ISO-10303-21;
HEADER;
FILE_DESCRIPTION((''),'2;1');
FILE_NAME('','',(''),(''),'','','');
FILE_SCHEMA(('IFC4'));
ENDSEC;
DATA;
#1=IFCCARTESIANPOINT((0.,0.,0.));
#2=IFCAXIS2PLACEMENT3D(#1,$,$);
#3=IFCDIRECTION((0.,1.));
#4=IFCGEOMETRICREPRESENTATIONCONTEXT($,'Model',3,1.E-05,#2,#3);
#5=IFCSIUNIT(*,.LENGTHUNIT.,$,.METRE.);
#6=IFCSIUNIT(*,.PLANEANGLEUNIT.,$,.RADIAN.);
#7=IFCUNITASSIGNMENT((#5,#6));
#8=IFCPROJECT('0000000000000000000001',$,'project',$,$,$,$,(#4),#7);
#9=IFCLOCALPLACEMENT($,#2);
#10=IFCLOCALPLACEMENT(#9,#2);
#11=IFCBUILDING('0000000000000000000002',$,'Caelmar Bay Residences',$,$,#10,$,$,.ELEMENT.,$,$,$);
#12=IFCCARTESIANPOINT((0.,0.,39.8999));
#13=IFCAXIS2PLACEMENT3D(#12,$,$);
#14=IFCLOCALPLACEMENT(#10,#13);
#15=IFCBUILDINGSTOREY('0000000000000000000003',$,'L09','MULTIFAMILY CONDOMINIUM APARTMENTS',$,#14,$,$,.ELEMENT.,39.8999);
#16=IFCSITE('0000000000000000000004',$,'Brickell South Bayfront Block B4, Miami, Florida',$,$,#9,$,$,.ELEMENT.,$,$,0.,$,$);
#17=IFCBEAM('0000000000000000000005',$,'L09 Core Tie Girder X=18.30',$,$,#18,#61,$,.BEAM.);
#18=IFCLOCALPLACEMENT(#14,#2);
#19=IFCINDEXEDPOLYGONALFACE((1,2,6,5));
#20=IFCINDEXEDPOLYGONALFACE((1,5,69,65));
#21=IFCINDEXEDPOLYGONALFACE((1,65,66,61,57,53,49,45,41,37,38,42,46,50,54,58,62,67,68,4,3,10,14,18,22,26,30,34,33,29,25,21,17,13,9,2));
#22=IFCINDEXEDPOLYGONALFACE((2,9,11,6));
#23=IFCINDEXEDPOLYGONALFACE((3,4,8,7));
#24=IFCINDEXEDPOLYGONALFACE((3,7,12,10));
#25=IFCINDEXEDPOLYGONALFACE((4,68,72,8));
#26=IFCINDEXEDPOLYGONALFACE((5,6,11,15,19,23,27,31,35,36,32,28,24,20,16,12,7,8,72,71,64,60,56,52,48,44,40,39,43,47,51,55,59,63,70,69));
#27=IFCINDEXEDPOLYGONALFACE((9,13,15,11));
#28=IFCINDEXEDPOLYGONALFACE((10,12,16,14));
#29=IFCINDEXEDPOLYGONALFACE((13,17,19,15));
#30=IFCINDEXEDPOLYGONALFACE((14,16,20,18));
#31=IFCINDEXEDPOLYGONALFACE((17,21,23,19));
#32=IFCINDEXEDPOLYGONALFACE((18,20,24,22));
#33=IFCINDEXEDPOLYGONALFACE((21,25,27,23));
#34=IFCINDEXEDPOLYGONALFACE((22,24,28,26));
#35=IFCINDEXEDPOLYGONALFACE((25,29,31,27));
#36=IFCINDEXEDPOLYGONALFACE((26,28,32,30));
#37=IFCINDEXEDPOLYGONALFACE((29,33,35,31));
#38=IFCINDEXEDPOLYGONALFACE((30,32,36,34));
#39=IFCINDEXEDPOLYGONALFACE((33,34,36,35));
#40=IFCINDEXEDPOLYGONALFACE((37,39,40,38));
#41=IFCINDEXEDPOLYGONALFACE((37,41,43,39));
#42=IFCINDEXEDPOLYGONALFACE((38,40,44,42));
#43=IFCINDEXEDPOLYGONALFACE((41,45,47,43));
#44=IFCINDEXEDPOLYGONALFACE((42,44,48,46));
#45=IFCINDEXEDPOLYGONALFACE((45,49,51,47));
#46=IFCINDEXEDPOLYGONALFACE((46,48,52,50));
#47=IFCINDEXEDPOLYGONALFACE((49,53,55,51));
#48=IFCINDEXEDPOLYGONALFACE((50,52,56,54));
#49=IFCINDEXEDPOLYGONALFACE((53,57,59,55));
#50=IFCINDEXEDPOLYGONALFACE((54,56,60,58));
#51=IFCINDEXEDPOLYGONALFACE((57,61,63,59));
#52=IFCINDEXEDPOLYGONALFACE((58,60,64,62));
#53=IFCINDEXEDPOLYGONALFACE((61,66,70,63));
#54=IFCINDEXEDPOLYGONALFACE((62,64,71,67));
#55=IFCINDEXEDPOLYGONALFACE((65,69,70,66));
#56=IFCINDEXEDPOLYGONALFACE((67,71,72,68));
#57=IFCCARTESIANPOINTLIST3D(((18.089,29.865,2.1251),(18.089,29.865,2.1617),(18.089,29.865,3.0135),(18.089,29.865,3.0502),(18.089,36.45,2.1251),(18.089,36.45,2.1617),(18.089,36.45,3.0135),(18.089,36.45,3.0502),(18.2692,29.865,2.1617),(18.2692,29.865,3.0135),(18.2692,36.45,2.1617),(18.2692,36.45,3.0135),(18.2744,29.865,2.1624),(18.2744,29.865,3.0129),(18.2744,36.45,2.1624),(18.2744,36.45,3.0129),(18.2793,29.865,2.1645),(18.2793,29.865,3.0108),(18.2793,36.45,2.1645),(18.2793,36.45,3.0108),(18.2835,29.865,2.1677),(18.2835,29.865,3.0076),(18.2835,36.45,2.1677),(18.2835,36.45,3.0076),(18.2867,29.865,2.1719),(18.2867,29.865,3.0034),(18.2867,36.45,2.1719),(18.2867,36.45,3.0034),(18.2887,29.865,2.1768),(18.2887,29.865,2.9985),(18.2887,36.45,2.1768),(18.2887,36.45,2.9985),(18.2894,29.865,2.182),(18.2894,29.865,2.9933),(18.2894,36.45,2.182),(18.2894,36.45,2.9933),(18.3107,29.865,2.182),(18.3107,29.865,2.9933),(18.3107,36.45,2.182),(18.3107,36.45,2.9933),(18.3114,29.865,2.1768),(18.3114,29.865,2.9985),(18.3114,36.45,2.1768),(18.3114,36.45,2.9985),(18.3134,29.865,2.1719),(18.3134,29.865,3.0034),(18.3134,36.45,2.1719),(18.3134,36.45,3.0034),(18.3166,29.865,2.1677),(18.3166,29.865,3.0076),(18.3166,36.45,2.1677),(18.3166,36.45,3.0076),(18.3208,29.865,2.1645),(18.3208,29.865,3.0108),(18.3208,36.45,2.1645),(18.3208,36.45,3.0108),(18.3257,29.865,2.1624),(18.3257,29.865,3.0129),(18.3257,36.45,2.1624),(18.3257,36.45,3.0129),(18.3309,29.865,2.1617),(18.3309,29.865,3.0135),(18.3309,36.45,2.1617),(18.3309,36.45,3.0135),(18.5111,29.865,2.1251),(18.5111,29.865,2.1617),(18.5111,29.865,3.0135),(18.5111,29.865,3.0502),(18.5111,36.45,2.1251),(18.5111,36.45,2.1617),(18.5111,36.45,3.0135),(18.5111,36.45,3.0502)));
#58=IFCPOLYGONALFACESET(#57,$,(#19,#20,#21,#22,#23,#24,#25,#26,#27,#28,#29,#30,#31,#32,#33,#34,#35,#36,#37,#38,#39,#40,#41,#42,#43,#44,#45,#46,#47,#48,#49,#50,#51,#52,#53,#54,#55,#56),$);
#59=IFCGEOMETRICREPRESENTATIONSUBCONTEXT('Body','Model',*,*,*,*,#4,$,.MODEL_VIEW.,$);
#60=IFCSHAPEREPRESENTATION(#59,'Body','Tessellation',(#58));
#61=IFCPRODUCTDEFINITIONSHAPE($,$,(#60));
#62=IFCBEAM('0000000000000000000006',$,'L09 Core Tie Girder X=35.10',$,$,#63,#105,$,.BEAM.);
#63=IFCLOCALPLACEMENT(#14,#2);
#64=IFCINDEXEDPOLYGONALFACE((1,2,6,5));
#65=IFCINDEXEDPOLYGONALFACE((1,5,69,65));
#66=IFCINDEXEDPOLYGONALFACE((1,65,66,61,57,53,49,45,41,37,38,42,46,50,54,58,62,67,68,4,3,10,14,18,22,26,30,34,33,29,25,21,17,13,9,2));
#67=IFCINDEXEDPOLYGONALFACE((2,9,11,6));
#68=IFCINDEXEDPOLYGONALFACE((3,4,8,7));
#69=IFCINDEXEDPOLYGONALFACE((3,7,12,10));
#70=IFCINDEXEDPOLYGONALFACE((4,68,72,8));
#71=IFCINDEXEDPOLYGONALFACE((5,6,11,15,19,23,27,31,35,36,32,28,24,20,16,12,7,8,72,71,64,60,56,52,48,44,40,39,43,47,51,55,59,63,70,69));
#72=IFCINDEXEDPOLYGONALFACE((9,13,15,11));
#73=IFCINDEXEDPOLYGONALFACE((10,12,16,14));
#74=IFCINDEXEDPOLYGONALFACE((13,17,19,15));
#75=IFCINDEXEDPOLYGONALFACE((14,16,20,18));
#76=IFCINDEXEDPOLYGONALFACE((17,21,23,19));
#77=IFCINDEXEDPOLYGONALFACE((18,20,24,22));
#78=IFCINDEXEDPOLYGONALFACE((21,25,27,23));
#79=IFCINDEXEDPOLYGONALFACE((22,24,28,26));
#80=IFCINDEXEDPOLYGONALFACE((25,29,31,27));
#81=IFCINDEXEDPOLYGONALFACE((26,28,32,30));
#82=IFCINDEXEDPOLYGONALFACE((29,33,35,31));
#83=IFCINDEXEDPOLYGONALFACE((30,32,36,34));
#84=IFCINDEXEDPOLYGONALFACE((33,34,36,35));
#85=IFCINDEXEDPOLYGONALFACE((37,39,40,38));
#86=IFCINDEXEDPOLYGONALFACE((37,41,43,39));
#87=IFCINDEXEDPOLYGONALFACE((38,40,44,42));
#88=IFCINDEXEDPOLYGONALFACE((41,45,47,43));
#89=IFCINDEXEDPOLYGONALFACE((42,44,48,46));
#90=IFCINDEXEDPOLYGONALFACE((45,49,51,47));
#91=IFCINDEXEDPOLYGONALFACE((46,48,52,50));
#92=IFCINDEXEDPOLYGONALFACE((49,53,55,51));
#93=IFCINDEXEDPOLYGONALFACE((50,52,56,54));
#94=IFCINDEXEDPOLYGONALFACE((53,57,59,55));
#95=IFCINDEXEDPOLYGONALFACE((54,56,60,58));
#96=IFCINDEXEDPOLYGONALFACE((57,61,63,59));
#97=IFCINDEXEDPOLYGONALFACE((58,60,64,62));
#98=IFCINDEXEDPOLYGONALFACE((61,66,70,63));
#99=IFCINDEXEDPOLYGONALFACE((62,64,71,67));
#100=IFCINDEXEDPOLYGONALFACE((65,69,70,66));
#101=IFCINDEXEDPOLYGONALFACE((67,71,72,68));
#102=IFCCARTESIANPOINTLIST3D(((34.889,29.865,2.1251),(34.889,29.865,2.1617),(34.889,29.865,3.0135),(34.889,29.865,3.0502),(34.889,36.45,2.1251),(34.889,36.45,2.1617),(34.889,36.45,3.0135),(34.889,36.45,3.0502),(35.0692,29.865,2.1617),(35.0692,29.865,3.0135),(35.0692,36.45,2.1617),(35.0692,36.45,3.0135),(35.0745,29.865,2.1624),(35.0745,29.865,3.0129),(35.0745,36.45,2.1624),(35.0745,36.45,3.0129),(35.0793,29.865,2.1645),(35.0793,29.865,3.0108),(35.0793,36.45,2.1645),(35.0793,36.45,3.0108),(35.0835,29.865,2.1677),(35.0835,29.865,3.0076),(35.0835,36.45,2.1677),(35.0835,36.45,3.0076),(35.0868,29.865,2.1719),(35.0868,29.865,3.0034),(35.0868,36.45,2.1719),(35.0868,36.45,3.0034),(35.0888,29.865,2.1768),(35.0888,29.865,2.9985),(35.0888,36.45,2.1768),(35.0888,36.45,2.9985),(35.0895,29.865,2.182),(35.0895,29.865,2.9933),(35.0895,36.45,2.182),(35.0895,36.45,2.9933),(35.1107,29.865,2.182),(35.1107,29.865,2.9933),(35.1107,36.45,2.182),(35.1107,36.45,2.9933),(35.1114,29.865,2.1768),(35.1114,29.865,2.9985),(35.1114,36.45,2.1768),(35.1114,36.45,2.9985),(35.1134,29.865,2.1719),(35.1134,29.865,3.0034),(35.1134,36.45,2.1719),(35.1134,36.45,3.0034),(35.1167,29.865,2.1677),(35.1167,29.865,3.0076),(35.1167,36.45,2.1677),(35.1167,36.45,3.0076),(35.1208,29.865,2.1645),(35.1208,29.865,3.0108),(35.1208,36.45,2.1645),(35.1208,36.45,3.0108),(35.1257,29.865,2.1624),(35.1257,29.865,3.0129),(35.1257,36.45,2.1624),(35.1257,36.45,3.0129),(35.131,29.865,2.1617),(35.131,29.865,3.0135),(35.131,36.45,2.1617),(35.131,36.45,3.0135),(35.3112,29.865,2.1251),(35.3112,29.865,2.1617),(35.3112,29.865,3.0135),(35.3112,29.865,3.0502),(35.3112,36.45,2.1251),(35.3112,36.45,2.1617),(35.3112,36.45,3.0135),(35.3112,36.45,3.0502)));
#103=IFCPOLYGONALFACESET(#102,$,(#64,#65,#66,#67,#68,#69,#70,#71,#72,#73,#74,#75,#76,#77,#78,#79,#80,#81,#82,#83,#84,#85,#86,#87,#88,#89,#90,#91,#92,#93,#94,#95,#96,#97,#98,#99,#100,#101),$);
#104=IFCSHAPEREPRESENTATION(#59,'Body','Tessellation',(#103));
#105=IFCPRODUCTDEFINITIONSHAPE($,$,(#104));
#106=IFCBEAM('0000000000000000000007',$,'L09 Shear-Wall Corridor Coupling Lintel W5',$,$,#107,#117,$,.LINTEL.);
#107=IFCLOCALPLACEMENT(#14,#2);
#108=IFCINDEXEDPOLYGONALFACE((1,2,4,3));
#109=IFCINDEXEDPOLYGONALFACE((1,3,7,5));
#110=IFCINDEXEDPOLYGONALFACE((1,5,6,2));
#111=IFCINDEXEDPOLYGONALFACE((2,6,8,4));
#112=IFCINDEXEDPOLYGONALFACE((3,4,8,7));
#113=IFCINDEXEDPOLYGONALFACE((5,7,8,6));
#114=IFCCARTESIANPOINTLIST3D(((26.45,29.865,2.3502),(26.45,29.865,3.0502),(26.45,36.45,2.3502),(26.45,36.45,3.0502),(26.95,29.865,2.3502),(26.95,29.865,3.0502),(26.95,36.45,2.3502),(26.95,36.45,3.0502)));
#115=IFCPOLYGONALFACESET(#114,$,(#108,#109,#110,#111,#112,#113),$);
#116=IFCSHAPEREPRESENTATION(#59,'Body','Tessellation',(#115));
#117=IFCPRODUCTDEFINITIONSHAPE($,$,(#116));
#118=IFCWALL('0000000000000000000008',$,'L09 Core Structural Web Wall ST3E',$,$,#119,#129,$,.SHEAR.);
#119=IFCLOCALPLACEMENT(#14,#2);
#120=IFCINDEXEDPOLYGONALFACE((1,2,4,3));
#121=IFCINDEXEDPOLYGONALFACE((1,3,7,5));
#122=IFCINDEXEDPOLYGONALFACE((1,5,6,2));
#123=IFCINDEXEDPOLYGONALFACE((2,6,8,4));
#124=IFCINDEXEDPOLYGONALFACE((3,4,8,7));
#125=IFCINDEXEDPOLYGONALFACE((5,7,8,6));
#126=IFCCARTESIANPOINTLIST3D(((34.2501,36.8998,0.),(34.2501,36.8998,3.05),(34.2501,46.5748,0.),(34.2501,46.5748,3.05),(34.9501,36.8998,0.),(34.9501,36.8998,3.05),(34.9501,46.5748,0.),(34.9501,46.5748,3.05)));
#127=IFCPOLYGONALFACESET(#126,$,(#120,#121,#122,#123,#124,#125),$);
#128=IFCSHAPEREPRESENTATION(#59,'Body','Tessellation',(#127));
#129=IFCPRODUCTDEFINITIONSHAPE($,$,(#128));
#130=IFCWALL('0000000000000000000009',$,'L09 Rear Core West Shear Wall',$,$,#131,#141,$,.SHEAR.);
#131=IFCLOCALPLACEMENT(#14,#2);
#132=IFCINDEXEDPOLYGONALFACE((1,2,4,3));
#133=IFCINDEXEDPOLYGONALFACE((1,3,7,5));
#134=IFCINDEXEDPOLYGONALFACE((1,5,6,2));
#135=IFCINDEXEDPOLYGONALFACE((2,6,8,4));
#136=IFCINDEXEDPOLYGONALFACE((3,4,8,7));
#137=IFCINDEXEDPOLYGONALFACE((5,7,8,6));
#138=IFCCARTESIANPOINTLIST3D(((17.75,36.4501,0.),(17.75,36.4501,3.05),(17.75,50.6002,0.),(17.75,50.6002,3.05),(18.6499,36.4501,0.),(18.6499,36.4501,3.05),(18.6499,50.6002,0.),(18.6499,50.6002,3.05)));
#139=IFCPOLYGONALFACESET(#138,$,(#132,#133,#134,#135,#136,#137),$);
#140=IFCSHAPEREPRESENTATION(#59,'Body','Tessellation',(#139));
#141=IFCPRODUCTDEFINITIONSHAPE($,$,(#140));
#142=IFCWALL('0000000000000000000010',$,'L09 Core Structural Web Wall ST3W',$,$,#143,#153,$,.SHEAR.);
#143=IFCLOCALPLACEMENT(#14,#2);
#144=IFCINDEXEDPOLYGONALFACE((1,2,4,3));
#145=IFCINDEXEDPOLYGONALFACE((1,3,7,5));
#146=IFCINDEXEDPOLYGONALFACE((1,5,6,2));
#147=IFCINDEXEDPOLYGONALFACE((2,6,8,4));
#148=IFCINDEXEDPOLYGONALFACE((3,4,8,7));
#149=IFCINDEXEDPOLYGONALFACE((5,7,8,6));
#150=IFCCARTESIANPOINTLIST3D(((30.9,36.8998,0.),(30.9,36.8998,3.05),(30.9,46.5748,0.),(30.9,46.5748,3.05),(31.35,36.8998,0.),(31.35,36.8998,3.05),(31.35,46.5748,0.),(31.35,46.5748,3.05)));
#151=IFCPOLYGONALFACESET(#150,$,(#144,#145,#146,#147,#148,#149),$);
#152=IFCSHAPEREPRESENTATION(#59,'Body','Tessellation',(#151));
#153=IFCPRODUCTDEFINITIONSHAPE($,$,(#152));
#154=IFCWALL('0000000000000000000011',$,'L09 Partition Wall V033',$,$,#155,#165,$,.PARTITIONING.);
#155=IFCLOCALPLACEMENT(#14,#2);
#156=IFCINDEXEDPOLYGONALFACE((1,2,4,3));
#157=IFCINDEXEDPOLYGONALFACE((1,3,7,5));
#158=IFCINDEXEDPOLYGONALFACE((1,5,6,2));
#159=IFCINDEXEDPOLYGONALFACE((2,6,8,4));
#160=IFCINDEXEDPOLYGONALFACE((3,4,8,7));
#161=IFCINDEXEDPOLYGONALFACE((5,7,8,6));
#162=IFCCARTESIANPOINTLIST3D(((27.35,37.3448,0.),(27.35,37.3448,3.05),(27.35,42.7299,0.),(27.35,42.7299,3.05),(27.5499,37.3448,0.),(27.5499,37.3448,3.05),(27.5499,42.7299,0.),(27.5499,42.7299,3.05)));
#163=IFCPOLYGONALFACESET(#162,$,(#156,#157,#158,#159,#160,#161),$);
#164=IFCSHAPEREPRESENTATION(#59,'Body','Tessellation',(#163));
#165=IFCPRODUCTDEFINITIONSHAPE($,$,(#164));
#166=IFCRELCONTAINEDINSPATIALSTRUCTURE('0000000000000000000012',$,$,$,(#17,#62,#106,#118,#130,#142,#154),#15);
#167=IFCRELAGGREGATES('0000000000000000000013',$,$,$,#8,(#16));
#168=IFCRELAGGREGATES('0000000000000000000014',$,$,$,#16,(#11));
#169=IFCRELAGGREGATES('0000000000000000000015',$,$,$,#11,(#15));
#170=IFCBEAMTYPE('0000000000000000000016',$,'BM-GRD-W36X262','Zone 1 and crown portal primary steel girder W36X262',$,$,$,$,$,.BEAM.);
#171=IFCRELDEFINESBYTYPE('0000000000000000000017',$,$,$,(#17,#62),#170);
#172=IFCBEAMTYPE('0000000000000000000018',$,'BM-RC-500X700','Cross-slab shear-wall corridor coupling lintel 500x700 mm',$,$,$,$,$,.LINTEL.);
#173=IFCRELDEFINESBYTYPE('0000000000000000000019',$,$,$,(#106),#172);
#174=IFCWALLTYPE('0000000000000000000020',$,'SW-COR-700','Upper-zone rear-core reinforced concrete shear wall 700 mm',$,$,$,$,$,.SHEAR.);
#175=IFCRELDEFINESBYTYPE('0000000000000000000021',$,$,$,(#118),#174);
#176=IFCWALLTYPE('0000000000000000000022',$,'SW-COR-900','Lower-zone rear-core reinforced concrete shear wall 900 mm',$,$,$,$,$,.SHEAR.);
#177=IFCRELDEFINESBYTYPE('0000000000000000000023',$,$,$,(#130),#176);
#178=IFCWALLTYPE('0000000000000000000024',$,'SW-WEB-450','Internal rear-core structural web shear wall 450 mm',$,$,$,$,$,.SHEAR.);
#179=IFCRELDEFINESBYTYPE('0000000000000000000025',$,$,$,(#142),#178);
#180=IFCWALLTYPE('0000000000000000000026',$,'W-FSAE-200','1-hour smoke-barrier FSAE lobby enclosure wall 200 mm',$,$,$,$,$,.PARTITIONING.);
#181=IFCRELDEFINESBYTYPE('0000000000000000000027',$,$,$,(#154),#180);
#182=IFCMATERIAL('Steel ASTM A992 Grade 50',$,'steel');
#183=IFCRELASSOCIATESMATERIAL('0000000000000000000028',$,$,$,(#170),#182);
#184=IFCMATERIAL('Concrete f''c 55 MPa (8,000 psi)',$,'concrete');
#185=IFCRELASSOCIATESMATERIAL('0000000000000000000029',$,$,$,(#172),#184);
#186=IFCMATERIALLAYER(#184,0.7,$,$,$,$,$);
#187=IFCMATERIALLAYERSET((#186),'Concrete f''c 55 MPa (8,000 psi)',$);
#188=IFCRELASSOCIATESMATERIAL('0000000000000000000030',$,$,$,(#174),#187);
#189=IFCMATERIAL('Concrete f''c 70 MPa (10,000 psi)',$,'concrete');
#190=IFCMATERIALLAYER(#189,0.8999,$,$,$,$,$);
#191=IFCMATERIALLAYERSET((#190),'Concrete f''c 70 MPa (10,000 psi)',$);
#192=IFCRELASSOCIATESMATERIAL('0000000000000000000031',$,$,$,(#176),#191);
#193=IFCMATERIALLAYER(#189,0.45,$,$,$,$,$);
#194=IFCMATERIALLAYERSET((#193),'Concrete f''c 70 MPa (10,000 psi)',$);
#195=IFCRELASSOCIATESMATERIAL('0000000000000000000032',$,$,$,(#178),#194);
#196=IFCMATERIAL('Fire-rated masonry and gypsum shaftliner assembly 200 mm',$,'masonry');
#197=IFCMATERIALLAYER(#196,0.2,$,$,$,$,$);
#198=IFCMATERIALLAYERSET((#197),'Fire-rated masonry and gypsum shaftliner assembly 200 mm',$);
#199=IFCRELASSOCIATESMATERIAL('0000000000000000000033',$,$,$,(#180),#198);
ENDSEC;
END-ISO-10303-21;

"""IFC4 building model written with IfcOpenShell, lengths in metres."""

from ifc_helpers import new_model, si_unit, direction, frame, frame_2d, origin, origin_2d, place, context, subcontext, project, spatial, rectangle, i_section, extrude, material, layer, layer_set, material_profile, profile_set, type_object, element, save


model = new_model("IFC4")

# Units and contexts
model_context = context("Model", 3, precision=1e-05, world=origin(), true_north=direction((0.0, 1.0)))
body_context = subcontext(model_context, "Body", "Model", "MODEL_VIEW")
ifc_project = project(units=[si_unit("LENGTHUNIT", "METRE"), si_unit("PLANEANGLEUNIT", "RADIAN")], contexts=[model_context])

# Site, building, storey
site_placement = place(None, origin())
site = spatial("IfcSite", under=ifc_project, at=site_placement, Name="Brickell South Bayfront Block B4, Miami, Florida", CompositionType="ELEMENT", RefElevation=0.0)
building_placement = place(site_placement, origin())
building = spatial("IfcBuilding", under=site, at=building_placement, Name="Caelmar Bay Residences", CompositionType="ELEMENT")
storey_placement = place(building_placement, frame((0.0, 0.0, 39.8999)))
storey = spatial("IfcBuildingStorey", under=building, at=storey_placement, Name="L09", Description="MULTIFAMILY CONDOMINIUM APARTMENTS", CompositionType="ELEMENT", Elevation=39.8999)

# Beams
ifc_material_1 = material(Name="Steel ASTM A992 Grade 50", Category="steel")
ifc_material_profile_1 = material_profile(ifc_material_1, i_section(OverallWidth=0.4221, OverallDepth=0.925, WebThickness=0.0212, FlangeThickness=0.0366, FilletRadius=0.0203, at=origin_2d()), Name="W36X262")
ifc_profile_set_1 = profile_set([ifc_material_profile_1], Name="Steel ASTM A992 Grade 50")
beam_type_1 = type_object("IfcBeamType", Name="BM-GRD-W36X262", Description="Zone 1 and crown portal primary steel girder W36X262", PredefinedType="BEAM", material=ifc_profile_set_1)
for number, where, z_axis, x_axis, name in (
    (1, (18.3, 29.865, 2.5876), (0.0, 1.0, 0.0), (-1.0, 0.0, 0.0), "L09 Core Tie Girder X=18.30"),
    (2, (35.1001, 29.865, 2.5876), (0.0, 1.0, 0.0), (-1.0, 0.0, 0.0), "L09 Core Tie Girder X=35.10"),
):
    element("IfcBeam", number, at=place(storey_placement, frame(where, z_axis=z_axis, x_axis=x_axis)), inside=storey, type_object=beam_type_1, Name=name, PredefinedType="BEAM", context=body_context, shape_type="SweptSolid", body=[
        extrude(i_section(OverallWidth=0.4221, OverallDepth=0.925, WebThickness=0.0212, FlangeThickness=0.0366, FilletRadius=0.0203, at=origin_2d()), origin(), (0.0, 0.0, 1.0), 6.585),
    ])
ifc_material_2 = material(Name="Concrete f'c 55 MPa (8,000 psi)", Category="concrete")
ifc_material_profile_2 = material_profile(ifc_material_2, rectangle(XDim=0.5, YDim=0.7, at=origin_2d()), Name="RC-BM-500X700")
ifc_profile_set_2 = profile_set([ifc_material_profile_2], Name="Concrete f'c 55 MPa (8,000 psi)")
beam_type_2 = type_object("IfcBeamType", Name="BM-RC-500X700", Description="Cross-slab shear-wall corridor coupling lintel 500x700 mm", PredefinedType="LINTEL", material=ifc_profile_set_2)
beam_placement = place(storey_placement, frame((26.7, 29.865, 2.7002), z_axis=(0.0, 1.0, 0.0), x_axis=(-1.0, 0.0, 0.0)))
element("IfcBeam", 3, at=beam_placement, inside=storey, type_object=beam_type_2, Name="L09 Shear-Wall Corridor Coupling Lintel W5", PredefinedType="LINTEL", context=body_context, shape_type="SweptSolid", body=[
    extrude(rectangle(XDim=0.5, YDim=0.7, at=origin_2d()), origin(), (0.0, 0.0, 1.0), 6.585),
])

# Shared definitions
ifc_layer_1 = layer(ifc_material_2, 0.7)
ifc_layer_set_1 = layer_set([ifc_layer_1], Name="Concrete f'c 55 MPa (8,000 psi)")
wall_type_1 = type_object("IfcWallType", Name="SW-COR-700", Description="Upper-zone rear-core reinforced concrete shear wall 700 mm", PredefinedType="SHEAR", material=ifc_layer_set_1)

# Walls
wall_1_placement = place(storey_placement, frame((34.6001, 36.8999, 0.0), z_axis=(0.0, 0.0, 1.0), x_axis=(0.0, 1.0, 0.0)))
element("IfcWall", 4, at=wall_1_placement, inside=storey, type_object=wall_type_1, Name="L09 Core Structural Web Wall ST3E", PredefinedType="SHEAR", context=body_context, shape_type="SweptSolid", body=[
    extrude(rectangle(XDim=9.675, YDim=0.7, at=frame_2d((4.8374, 0.0))), origin(), (0.0, 0.0, 1.0), 3.05),
])
ifc_material_3 = material(Name="Concrete f'c 70 MPa (10,000 psi)", Category="concrete")
ifc_layer_2 = layer(ifc_material_3, 0.8999)
ifc_layer_set_2 = layer_set([ifc_layer_2], Name="Concrete f'c 70 MPa (10,000 psi)")
wall_type_2 = type_object("IfcWallType", Name="SW-COR-900", Description="Lower-zone rear-core reinforced concrete shear wall 900 mm", PredefinedType="SHEAR", material=ifc_layer_set_2)
wall_2_placement = place(storey_placement, frame((18.2, 36.45, 0.0), z_axis=(0.0, 0.0, 1.0), x_axis=(0.0, 1.0, 0.0)))
element("IfcWall", 5, at=wall_2_placement, inside=storey, type_object=wall_type_2, Name="L09 Rear Core West Shear Wall", PredefinedType="SHEAR", context=body_context, shape_type="SweptSolid", body=[
    extrude(rectangle(XDim=14.1501, YDim=0.8999, at=frame_2d((7.0752, 0.0))), origin(), (0.0, 0.0, 1.0), 3.05),
])
ifc_layer_3 = layer(ifc_material_3, 0.45)
ifc_layer_set_3 = layer_set([ifc_layer_3], Name="Concrete f'c 70 MPa (10,000 psi)")
wall_type_3 = type_object("IfcWallType", Name="SW-WEB-450", Description="Internal rear-core structural web shear wall 450 mm", PredefinedType="SHEAR", material=ifc_layer_set_3)
wall_3_placement = place(storey_placement, frame((31.125, 36.8999, 0.0), z_axis=(0.0, 0.0, 1.0), x_axis=(0.0, 1.0, 0.0)))
element("IfcWall", 6, at=wall_3_placement, inside=storey, type_object=wall_type_3, Name="L09 Core Structural Web Wall ST3W", PredefinedType="SHEAR", context=body_context, shape_type="SweptSolid", body=[
    extrude(rectangle(XDim=9.675, YDim=0.45, at=frame_2d((4.8374, 0.0))), origin(), (0.0, 0.0, 1.0), 3.05),
])
ifc_material_4 = material(Name="Fire-rated masonry and gypsum shaftliner assembly 200 mm", Category="masonry")
ifc_layer_4 = layer(ifc_material_4, 0.2)
ifc_layer_set_4 = layer_set([ifc_layer_4], Name="Fire-rated masonry and gypsum shaftliner assembly 200 mm")
wall_type_4 = type_object("IfcWallType", Name="W-FSAE-200", Description="1-hour smoke-barrier FSAE lobby enclosure wall 200 mm", PredefinedType="PARTITIONING", material=ifc_layer_set_4)
wall_4_placement = place(storey_placement, frame((27.45, 37.345, 0.0), z_axis=(0.0, 0.0, 1.0), x_axis=(0.0, 1.0, 0.0)))
element("IfcWall", 7, at=wall_4_placement, inside=storey, type_object=wall_type_4, Name="L09 Partition Wall V033", PredefinedType="PARTITIONING", context=body_context, shape_type="SweptSolid", body=[
    extrude(rectangle(XDim=5.385, YDim=0.2, at=frame_2d((2.6924, 0.0))), origin(), (0.0, 0.0, 1.0), 3.05),
])

save(model, "model.ifc")
